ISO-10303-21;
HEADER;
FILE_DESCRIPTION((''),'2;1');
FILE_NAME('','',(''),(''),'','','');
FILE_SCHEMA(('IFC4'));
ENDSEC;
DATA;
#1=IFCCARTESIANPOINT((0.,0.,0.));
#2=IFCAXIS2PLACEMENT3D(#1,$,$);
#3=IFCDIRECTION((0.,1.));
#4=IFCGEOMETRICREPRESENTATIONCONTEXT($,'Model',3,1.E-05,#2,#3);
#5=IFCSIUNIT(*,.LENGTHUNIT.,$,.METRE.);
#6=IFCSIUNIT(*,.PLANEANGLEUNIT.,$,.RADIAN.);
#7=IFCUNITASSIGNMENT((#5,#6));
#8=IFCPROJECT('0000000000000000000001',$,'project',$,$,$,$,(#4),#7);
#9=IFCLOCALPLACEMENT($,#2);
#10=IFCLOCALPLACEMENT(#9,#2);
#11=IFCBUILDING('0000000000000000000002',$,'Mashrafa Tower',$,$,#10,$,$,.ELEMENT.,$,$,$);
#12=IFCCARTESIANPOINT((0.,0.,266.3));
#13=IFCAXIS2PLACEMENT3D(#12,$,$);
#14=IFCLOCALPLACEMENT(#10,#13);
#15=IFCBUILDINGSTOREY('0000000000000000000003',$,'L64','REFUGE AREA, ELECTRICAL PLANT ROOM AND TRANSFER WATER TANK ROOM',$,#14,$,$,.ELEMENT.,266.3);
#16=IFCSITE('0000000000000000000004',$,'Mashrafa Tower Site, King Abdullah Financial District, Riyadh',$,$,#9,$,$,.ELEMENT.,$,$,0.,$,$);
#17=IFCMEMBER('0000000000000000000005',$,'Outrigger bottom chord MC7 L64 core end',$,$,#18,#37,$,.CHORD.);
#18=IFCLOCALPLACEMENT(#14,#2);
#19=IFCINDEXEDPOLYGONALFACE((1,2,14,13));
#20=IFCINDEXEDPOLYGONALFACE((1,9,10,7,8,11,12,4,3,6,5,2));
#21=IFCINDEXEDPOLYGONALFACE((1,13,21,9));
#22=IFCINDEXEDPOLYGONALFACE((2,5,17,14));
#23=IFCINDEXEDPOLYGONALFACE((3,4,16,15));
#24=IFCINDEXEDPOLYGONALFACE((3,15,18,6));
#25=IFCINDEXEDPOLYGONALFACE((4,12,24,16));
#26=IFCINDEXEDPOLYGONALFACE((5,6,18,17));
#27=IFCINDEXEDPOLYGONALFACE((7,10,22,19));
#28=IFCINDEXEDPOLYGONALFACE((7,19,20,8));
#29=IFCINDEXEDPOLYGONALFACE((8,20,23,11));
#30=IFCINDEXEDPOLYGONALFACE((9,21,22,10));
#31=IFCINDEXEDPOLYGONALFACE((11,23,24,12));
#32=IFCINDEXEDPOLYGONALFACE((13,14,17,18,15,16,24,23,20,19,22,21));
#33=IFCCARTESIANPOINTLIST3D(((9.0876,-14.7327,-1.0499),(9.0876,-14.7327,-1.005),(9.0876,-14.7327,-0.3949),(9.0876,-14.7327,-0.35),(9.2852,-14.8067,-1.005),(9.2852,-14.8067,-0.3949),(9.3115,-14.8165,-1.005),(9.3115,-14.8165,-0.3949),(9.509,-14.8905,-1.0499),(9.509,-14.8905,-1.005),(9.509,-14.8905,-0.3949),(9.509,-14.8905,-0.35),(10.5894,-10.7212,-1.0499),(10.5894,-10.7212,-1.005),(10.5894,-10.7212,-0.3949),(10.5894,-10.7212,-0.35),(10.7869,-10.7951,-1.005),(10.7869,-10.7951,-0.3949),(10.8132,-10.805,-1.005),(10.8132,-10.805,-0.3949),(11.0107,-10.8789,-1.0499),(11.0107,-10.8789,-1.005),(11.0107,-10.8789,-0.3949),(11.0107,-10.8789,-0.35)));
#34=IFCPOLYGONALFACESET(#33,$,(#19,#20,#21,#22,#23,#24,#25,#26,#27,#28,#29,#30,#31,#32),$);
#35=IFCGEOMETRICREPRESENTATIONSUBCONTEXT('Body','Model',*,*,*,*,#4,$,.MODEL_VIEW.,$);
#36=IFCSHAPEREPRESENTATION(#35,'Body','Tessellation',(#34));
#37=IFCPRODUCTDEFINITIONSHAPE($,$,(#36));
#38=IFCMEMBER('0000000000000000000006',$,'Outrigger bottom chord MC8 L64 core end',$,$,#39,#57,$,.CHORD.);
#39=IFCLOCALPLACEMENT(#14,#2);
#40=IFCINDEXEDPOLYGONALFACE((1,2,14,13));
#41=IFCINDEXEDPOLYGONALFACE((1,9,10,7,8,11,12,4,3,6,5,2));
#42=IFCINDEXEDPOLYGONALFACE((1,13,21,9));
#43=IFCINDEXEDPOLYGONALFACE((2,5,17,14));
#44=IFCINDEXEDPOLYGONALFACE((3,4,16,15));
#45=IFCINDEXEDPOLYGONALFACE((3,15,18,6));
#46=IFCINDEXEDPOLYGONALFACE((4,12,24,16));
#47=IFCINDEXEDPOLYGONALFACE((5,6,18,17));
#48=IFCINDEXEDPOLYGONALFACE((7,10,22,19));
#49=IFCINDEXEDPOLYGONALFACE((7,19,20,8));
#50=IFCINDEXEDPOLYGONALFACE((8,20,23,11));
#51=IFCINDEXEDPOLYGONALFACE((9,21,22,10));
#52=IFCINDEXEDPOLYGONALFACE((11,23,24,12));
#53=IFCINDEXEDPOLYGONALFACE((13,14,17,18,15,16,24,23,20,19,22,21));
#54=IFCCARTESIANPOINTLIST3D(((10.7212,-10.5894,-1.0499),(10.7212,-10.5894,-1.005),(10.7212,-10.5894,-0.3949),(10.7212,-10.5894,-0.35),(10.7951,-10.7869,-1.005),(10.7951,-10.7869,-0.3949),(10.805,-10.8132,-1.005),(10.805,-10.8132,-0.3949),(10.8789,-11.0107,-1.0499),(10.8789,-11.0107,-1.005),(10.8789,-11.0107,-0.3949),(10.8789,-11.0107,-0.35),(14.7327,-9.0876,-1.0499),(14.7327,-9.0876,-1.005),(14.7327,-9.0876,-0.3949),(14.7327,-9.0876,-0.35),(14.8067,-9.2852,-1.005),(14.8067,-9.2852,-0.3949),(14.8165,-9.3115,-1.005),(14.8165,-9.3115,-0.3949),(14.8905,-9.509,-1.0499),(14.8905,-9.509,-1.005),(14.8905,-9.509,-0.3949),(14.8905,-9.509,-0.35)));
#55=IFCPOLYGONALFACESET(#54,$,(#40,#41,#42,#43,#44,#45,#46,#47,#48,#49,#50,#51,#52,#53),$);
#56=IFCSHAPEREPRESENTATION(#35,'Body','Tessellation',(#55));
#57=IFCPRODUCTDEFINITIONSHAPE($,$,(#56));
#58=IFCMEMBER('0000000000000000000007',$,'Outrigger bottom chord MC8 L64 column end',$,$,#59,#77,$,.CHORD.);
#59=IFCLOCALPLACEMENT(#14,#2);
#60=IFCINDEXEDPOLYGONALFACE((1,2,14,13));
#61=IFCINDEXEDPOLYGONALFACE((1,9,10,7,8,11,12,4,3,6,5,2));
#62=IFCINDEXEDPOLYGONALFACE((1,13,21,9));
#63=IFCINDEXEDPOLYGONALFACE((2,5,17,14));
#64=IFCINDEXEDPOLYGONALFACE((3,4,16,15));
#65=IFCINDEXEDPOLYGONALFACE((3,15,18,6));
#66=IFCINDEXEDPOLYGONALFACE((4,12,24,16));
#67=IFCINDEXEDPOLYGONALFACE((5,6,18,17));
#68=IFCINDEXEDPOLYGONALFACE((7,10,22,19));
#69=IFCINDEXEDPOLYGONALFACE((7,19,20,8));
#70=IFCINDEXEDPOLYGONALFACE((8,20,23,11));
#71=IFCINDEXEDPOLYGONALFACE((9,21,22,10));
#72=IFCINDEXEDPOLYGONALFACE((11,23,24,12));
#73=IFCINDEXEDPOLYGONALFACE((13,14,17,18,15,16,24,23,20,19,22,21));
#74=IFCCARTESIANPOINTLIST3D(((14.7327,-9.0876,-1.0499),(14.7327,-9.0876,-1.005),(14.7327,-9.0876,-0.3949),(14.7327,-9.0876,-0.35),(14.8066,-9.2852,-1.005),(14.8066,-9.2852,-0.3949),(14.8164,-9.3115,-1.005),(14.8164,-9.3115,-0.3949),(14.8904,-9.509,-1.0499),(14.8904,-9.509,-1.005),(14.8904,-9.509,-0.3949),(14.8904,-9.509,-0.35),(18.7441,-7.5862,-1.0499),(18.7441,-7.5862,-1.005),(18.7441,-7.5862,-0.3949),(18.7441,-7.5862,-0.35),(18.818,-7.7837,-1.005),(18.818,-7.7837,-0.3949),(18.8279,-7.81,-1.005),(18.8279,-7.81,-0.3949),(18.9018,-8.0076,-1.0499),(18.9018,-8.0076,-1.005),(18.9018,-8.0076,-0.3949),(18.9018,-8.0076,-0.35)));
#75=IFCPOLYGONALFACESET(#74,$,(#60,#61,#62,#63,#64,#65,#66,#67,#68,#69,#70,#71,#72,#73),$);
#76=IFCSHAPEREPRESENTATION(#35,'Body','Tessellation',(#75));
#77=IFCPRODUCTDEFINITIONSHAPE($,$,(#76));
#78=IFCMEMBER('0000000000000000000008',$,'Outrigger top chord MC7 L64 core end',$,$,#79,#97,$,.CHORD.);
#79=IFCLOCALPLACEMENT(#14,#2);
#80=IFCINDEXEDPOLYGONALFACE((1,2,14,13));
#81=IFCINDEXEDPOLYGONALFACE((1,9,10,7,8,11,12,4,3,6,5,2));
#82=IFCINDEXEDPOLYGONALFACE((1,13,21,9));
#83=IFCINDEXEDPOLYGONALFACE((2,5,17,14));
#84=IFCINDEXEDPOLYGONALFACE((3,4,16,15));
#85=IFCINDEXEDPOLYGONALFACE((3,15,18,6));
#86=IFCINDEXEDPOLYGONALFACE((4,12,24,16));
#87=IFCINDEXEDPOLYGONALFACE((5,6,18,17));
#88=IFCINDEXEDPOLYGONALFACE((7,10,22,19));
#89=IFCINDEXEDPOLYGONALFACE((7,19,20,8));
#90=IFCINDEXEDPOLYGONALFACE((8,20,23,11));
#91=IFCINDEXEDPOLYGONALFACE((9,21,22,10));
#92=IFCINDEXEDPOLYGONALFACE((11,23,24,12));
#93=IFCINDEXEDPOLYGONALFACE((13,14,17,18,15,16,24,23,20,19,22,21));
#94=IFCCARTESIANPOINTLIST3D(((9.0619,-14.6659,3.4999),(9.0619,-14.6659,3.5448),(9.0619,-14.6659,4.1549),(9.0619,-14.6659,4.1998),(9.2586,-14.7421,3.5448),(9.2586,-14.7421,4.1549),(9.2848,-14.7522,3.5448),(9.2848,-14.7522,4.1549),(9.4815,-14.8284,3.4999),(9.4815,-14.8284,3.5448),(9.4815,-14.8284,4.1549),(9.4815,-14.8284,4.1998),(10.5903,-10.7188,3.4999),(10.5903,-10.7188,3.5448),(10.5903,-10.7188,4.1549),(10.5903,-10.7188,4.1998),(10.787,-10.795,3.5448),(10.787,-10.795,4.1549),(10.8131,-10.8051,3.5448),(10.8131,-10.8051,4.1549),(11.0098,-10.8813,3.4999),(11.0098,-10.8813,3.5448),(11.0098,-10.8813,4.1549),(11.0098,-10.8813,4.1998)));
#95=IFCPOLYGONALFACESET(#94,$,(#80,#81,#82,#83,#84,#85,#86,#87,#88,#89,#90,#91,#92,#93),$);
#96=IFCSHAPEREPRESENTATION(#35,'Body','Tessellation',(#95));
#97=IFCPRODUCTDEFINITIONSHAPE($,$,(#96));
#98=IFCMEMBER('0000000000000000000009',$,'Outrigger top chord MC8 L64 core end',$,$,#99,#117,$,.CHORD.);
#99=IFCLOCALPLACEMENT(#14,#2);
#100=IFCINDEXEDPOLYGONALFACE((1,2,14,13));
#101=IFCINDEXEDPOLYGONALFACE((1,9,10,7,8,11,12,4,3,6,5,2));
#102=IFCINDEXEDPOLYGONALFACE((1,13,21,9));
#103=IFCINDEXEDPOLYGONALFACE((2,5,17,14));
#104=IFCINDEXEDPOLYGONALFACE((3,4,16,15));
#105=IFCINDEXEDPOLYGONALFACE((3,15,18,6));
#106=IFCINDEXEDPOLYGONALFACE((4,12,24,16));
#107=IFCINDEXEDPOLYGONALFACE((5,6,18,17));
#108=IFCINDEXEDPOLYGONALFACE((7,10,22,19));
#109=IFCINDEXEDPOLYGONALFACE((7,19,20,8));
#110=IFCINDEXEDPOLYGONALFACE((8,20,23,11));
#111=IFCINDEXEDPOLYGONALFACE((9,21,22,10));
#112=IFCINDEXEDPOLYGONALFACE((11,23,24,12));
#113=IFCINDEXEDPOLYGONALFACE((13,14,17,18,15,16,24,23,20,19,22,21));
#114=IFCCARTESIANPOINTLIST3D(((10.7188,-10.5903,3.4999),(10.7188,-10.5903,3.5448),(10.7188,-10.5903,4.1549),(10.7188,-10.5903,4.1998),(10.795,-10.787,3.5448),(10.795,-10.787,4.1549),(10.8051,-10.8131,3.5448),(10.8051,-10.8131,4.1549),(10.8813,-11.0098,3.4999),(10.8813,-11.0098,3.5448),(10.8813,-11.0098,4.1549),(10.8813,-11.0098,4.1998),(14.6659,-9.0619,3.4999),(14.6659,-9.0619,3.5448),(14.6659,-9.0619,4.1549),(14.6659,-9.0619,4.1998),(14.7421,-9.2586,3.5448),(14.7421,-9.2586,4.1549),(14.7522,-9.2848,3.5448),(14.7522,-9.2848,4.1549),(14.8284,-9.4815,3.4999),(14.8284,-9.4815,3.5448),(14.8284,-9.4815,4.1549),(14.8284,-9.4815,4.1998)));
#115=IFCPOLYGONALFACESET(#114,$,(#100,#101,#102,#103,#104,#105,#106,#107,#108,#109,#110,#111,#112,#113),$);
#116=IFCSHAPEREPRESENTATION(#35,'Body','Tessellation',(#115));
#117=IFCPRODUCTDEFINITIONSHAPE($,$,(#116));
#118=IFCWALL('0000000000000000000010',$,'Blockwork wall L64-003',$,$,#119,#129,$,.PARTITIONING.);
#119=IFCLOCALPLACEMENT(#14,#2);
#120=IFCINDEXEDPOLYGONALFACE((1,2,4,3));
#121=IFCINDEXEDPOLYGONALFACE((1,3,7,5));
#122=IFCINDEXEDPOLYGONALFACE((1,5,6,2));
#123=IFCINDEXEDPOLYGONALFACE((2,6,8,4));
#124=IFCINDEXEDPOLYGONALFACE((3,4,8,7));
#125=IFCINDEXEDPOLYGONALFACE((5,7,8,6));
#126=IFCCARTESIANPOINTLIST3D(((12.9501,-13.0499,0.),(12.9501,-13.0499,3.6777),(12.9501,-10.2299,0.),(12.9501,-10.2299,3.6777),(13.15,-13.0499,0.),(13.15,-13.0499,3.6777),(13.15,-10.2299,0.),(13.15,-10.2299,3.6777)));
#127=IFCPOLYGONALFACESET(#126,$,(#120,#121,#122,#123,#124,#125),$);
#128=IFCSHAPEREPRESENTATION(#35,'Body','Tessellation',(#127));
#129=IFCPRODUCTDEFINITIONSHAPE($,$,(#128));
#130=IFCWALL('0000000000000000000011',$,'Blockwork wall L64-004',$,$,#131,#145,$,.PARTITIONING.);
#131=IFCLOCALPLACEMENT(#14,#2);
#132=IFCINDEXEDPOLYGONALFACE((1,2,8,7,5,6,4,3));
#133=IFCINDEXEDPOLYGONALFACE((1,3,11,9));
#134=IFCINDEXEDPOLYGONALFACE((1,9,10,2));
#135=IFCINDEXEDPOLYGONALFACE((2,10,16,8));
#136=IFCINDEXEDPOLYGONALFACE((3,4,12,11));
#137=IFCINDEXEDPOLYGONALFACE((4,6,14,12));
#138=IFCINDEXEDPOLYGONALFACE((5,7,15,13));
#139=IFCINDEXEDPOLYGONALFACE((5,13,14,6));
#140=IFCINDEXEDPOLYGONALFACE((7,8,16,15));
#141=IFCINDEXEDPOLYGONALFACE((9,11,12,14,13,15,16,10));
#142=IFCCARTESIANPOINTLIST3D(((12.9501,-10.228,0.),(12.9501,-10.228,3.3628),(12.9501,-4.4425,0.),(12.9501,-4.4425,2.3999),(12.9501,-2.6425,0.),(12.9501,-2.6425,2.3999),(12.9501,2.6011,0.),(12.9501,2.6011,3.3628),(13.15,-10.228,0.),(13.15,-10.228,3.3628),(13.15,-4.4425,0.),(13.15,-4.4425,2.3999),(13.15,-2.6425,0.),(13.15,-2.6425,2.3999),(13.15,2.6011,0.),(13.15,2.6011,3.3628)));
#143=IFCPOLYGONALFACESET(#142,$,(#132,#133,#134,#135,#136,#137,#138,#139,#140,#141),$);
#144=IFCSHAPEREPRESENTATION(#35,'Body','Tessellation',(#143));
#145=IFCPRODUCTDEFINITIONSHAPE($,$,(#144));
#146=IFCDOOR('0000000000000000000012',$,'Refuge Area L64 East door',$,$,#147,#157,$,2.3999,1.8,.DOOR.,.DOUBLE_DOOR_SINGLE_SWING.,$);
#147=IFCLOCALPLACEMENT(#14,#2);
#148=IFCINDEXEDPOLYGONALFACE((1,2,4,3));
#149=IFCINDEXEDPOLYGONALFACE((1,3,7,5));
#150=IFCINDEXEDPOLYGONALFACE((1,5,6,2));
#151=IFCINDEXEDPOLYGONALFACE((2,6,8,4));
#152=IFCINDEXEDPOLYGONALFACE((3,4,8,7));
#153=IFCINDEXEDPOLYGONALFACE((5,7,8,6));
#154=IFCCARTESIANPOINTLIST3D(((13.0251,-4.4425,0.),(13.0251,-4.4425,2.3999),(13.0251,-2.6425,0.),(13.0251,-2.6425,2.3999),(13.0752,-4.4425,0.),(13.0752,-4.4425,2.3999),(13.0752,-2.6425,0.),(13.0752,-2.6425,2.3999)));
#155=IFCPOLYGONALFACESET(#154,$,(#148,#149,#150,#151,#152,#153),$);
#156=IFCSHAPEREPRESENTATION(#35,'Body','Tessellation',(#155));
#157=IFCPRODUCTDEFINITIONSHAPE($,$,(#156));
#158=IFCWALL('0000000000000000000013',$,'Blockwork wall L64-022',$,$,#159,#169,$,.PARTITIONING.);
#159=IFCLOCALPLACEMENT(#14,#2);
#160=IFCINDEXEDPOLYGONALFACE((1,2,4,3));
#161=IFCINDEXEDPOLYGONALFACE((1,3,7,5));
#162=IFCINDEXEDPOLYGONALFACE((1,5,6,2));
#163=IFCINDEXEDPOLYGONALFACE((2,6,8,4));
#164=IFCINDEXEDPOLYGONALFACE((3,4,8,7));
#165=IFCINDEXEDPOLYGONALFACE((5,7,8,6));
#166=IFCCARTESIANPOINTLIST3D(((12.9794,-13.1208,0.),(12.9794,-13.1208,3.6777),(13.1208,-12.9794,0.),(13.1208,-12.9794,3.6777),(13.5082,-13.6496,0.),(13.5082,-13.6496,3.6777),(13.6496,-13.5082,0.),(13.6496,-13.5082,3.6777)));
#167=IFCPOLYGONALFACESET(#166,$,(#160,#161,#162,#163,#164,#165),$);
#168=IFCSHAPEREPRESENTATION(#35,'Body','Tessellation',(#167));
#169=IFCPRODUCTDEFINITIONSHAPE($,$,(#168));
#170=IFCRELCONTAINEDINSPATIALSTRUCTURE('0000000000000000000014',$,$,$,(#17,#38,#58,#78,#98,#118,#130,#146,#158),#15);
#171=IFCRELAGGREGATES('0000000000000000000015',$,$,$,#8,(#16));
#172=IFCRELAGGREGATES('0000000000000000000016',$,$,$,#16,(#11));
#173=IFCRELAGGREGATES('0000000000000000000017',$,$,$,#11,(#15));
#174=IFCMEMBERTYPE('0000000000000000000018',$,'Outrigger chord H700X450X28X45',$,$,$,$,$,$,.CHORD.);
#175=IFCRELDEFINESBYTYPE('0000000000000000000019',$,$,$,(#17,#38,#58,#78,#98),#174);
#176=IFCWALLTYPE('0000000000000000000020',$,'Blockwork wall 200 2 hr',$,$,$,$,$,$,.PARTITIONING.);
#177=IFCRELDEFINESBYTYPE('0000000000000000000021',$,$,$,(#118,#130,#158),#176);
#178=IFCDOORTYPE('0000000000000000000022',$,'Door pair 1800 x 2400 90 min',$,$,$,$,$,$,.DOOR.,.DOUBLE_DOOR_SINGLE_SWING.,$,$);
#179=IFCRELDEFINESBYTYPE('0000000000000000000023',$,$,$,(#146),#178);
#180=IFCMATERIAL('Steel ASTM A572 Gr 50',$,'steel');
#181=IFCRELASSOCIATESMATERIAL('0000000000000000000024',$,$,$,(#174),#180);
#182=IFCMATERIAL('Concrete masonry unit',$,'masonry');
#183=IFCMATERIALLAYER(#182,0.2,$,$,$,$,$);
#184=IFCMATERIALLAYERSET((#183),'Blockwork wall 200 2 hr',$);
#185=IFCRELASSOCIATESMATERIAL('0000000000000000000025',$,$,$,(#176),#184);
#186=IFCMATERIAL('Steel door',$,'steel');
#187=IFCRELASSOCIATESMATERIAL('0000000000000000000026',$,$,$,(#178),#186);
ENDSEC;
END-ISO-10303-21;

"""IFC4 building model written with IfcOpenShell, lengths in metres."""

from ifc_helpers import new_model, si_unit, direction, frame, frame_2d, origin, origin_2d, place, context, subcontext, project, spatial, rectangle, i_section, extrude, source, transform, mapped, material, layer, layer_set, material_profile, profile_set, type_object, type_shapes, element, fill, save


model = new_model("IFC4")

# Units and contexts
model_context = context("Model", 3, precision=1e-05, world=origin(), true_north=direction((0.0, 1.0)))
body_context = subcontext(model_context, "Body", "Model", "MODEL_VIEW")
ifc_project = project(units=[si_unit("LENGTHUNIT", "METRE"), si_unit("PLANEANGLEUNIT", "RADIAN")], contexts=[model_context])

# Site, building, storey
site_placement = place(None, origin())
site = spatial("IfcSite", under=ifc_project, at=site_placement, Name="Mashrafa Tower Site, King Abdullah Financial District, Riyadh", CompositionType="ELEMENT", RefElevation=0.0)
building_placement = place(site_placement, origin())
building = spatial("IfcBuilding", under=site, at=building_placement, Name="Mashrafa Tower", CompositionType="ELEMENT")
storey_placement = place(building_placement, frame((0.0, 0.0, 266.3)))
storey = spatial("IfcBuildingStorey", under=building, at=storey_placement, Name="L64", Description="REFUGE AREA, ELECTRICAL PLANT ROOM AND TRANSFER WATER TANK ROOM", CompositionType="ELEMENT", Elevation=266.3)

# Members
ifc_material_1 = material(Name="Steel ASTM A572 Gr 50", Category="steel")
ifc_material_profile_1 = material_profile(ifc_material_1, i_section(OverallWidth=0.45, OverallDepth=0.7, WebThickness=0.0281, FlangeThickness=0.0449, at=origin_2d()), Name="H700X450X28X45")
ifc_profile_set_1 = profile_set([ifc_material_profile_1], Name="Steel ASTM A572 Gr 50")
member_type_1 = type_object("IfcMemberType", Name="Outrigger chord H700X450X28X45", PredefinedType="CHORD", material=ifc_profile_set_1)
shared_shape_1 = source(origin(), body_context, "Body", "SweptSolid", [
    extrude(i_section(OverallWidth=0.45, OverallDepth=0.7, WebThickness=0.0281, FlangeThickness=0.0449, at=origin_2d()), origin(), (0.0, 0.0, 1.0), 4.2834),
])
for number, where, z_axis, x_axis, name in (
    (1, (10.8, -10.8, -0.7), (-0.350592, -0.936528, 0.0), (0.936528, -0.350592, 0.0), "Outrigger bottom chord MC7 L64 core end"),
    (2, (10.8, -10.8, -0.7), (0.936528, 0.350592, 0.0), (-0.350592, 0.936528, 0.0), "Outrigger bottom chord MC8 L64 core end"),
):
    element("IfcMember", number, at=place(storey_placement, frame(where, z_axis=z_axis, x_axis=x_axis)), inside=storey, type_object=member_type_1, Name=name, PredefinedType="CHORD", context=body_context, shape_type="MappedRepresentation", body=[
        mapped(shared_shape_1, transform((0.0, 0.0, 0.0))),
    ])
shared_shape_2 = source(origin(), body_context, "Body", "SweptSolid", [
    extrude(i_section(OverallWidth=0.45, OverallDepth=0.7, WebThickness=0.0281, FlangeThickness=0.0449, at=origin_2d()), origin(), (0.0, 0.0, 1.0), 4.2832),
])
member_1_placement = place(storey_placement, frame((14.8115, -9.2983, -0.7), z_axis=(0.936547, 0.350542, 0.0), x_axis=(-0.350542, 0.936547, 0.0)))
element("IfcMember", 3, at=member_1_placement, inside=storey, type_object=member_type_1, Name="Outrigger bottom chord MC8 L64 column end", PredefinedType="CHORD", context=body_context, shape_type="MappedRepresentation", body=[
    mapped(shared_shape_2, transform((0.0, 0.0, 0.0))),
])
shared_shape_3 = source(origin(), body_context, "Body", "SweptSolid", [
    extrude(i_section(OverallWidth=0.45, OverallDepth=0.7, WebThickness=0.0281, FlangeThickness=0.0449, at=origin_2d()), origin(), (0.0, 0.0, 1.0), 4.2327),
])
type_shapes(member_type_1, [shared_shape_1, shared_shape_2, shared_shape_3])
for number, where, z_axis, x_axis, name in (
    (4, (10.8, -10.8, 3.8499), (-0.361085, -0.932533, 0.0), (0.932533, -0.361085, 0.0), "Outrigger top chord MC7 L64 core end"),
    (5, (10.8, -10.8, 3.8499), (0.932533, 0.361085, 0.0), (-0.361085, 0.932533, 0.0), "Outrigger top chord MC8 L64 core end"),
):
    element("IfcMember", number, at=place(storey_placement, frame(where, z_axis=z_axis, x_axis=x_axis)), inside=storey, type_object=member_type_1, Name=name, PredefinedType="CHORD", context=body_context, shape_type="MappedRepresentation", body=[
        mapped(shared_shape_3, transform((0.0, 0.0, 0.0))),
    ])

# Wall
ifc_material_2 = material(Name="Concrete masonry unit", Category="masonry")
ifc_layer_1 = layer(ifc_material_2, 0.2)
ifc_layer_set_1 = layer_set([ifc_layer_1], Name="Blockwork wall 200 2 hr")
wall_type_1 = type_object("IfcWallType", Name="Blockwork wall 200 2 hr", PredefinedType="PARTITIONING", material=ifc_layer_set_1)
wall_1_placement = place(storey_placement, frame((13.05, -13.05, 0.0), z_axis=(0.0, 0.0, 1.0), x_axis=(0.0, 1.0, 0.0)))
element("IfcWall", 6, at=wall_1_placement, inside=storey, type_object=wall_type_1, Name="Blockwork wall L64-003", PredefinedType="PARTITIONING", context=body_context, shape_type="SweptSolid", body=[
    extrude(rectangle(XDim=2.8201, YDim=0.2, at=frame_2d((1.4102, 0.0))), origin(), (0.0, 0.0, 1.0), 3.6777),
])

# Wall, opening, door
wall_2_placement = place(storey_placement, frame((13.05, -10.228, 0.0), z_axis=(0.0, 0.0, 1.0), x_axis=(0.0, 1.0, 0.0)))
wall_2 = element("IfcWall", 7, at=wall_2_placement, inside=storey, type_object=wall_type_1, Name="Blockwork wall L64-004", PredefinedType="PARTITIONING", context=body_context, shape_type="SweptSolid", body=[
    extrude(rectangle(XDim=12.8291, YDim=0.2, at=frame_2d((6.4146, 0.0))), origin(), (0.0, 0.0, 1.0), 3.3628),
])
opening_1_placement = place(wall_2_placement, frame((5.7856, 0.0, 0.0)))
opening_1 = element("IfcOpeningElement", 8, at=opening_1_placement, cuts=wall_2, PredefinedType="OPENING", context=body_context, shape_type="SweptSolid", body=[
    extrude(rectangle(XDim=1.8, YDim=2.3999, at=frame_2d((0.8999, 1.2))), frame((0.0, 0.1099, 0.0), z_axis=(0.0, -1.0, 0.0), x_axis=(1.0, 0.0, 0.0)), (0.0, 0.0, 1.0), 0.22),
])
ifc_material_3 = material(Name="Steel door", Category="steel")
door_type_1 = type_object("IfcDoorType", Name="Door pair 1800 x 2400 90 min", OperationType="DOUBLE_DOOR_SINGLE_SWING", PredefinedType="DOOR", material=ifc_material_3)
door_1_placement = place(opening_1_placement, origin())
door_1 = element("IfcDoor", 9, at=door_1_placement, inside=storey, type_object=door_type_1, Name="Refuge Area L64 East door", OperationType="DOUBLE_DOOR_SINGLE_SWING", OverallHeight=2.3999, OverallWidth=1.8, PredefinedType="DOOR", context=body_context, shape_type="SweptSolid", body=[
    extrude(rectangle(XDim=1.8, YDim=2.3999, at=frame_2d((0.8999, 1.2))), frame((0.0, 0.0249, 0.0), z_axis=(0.0, -1.0, 0.0), x_axis=(1.0, 0.0, 0.0)), (0.0, 0.0, 1.0), 0.05),
])
fill(opening_1, door_1)

# Wall
wall_3_placement = place(storey_placement, frame((13.05, -13.05, 0.0), z_axis=(0.0, 0.0, 1.0), x_axis=(0.707107, -0.707107, 0.0)))
element("IfcWall", 10, at=wall_3_placement, inside=storey, type_object=wall_type_1, Name="Blockwork wall L64-022", PredefinedType="PARTITIONING", context=body_context, shape_type="SweptSolid", body=[
    extrude(rectangle(XDim=0.7478, YDim=0.2, at=frame_2d((0.374, 0.0))), origin(), (0.0, 0.0, 1.0), 3.6777),
])

save(model, "model.ifc")
